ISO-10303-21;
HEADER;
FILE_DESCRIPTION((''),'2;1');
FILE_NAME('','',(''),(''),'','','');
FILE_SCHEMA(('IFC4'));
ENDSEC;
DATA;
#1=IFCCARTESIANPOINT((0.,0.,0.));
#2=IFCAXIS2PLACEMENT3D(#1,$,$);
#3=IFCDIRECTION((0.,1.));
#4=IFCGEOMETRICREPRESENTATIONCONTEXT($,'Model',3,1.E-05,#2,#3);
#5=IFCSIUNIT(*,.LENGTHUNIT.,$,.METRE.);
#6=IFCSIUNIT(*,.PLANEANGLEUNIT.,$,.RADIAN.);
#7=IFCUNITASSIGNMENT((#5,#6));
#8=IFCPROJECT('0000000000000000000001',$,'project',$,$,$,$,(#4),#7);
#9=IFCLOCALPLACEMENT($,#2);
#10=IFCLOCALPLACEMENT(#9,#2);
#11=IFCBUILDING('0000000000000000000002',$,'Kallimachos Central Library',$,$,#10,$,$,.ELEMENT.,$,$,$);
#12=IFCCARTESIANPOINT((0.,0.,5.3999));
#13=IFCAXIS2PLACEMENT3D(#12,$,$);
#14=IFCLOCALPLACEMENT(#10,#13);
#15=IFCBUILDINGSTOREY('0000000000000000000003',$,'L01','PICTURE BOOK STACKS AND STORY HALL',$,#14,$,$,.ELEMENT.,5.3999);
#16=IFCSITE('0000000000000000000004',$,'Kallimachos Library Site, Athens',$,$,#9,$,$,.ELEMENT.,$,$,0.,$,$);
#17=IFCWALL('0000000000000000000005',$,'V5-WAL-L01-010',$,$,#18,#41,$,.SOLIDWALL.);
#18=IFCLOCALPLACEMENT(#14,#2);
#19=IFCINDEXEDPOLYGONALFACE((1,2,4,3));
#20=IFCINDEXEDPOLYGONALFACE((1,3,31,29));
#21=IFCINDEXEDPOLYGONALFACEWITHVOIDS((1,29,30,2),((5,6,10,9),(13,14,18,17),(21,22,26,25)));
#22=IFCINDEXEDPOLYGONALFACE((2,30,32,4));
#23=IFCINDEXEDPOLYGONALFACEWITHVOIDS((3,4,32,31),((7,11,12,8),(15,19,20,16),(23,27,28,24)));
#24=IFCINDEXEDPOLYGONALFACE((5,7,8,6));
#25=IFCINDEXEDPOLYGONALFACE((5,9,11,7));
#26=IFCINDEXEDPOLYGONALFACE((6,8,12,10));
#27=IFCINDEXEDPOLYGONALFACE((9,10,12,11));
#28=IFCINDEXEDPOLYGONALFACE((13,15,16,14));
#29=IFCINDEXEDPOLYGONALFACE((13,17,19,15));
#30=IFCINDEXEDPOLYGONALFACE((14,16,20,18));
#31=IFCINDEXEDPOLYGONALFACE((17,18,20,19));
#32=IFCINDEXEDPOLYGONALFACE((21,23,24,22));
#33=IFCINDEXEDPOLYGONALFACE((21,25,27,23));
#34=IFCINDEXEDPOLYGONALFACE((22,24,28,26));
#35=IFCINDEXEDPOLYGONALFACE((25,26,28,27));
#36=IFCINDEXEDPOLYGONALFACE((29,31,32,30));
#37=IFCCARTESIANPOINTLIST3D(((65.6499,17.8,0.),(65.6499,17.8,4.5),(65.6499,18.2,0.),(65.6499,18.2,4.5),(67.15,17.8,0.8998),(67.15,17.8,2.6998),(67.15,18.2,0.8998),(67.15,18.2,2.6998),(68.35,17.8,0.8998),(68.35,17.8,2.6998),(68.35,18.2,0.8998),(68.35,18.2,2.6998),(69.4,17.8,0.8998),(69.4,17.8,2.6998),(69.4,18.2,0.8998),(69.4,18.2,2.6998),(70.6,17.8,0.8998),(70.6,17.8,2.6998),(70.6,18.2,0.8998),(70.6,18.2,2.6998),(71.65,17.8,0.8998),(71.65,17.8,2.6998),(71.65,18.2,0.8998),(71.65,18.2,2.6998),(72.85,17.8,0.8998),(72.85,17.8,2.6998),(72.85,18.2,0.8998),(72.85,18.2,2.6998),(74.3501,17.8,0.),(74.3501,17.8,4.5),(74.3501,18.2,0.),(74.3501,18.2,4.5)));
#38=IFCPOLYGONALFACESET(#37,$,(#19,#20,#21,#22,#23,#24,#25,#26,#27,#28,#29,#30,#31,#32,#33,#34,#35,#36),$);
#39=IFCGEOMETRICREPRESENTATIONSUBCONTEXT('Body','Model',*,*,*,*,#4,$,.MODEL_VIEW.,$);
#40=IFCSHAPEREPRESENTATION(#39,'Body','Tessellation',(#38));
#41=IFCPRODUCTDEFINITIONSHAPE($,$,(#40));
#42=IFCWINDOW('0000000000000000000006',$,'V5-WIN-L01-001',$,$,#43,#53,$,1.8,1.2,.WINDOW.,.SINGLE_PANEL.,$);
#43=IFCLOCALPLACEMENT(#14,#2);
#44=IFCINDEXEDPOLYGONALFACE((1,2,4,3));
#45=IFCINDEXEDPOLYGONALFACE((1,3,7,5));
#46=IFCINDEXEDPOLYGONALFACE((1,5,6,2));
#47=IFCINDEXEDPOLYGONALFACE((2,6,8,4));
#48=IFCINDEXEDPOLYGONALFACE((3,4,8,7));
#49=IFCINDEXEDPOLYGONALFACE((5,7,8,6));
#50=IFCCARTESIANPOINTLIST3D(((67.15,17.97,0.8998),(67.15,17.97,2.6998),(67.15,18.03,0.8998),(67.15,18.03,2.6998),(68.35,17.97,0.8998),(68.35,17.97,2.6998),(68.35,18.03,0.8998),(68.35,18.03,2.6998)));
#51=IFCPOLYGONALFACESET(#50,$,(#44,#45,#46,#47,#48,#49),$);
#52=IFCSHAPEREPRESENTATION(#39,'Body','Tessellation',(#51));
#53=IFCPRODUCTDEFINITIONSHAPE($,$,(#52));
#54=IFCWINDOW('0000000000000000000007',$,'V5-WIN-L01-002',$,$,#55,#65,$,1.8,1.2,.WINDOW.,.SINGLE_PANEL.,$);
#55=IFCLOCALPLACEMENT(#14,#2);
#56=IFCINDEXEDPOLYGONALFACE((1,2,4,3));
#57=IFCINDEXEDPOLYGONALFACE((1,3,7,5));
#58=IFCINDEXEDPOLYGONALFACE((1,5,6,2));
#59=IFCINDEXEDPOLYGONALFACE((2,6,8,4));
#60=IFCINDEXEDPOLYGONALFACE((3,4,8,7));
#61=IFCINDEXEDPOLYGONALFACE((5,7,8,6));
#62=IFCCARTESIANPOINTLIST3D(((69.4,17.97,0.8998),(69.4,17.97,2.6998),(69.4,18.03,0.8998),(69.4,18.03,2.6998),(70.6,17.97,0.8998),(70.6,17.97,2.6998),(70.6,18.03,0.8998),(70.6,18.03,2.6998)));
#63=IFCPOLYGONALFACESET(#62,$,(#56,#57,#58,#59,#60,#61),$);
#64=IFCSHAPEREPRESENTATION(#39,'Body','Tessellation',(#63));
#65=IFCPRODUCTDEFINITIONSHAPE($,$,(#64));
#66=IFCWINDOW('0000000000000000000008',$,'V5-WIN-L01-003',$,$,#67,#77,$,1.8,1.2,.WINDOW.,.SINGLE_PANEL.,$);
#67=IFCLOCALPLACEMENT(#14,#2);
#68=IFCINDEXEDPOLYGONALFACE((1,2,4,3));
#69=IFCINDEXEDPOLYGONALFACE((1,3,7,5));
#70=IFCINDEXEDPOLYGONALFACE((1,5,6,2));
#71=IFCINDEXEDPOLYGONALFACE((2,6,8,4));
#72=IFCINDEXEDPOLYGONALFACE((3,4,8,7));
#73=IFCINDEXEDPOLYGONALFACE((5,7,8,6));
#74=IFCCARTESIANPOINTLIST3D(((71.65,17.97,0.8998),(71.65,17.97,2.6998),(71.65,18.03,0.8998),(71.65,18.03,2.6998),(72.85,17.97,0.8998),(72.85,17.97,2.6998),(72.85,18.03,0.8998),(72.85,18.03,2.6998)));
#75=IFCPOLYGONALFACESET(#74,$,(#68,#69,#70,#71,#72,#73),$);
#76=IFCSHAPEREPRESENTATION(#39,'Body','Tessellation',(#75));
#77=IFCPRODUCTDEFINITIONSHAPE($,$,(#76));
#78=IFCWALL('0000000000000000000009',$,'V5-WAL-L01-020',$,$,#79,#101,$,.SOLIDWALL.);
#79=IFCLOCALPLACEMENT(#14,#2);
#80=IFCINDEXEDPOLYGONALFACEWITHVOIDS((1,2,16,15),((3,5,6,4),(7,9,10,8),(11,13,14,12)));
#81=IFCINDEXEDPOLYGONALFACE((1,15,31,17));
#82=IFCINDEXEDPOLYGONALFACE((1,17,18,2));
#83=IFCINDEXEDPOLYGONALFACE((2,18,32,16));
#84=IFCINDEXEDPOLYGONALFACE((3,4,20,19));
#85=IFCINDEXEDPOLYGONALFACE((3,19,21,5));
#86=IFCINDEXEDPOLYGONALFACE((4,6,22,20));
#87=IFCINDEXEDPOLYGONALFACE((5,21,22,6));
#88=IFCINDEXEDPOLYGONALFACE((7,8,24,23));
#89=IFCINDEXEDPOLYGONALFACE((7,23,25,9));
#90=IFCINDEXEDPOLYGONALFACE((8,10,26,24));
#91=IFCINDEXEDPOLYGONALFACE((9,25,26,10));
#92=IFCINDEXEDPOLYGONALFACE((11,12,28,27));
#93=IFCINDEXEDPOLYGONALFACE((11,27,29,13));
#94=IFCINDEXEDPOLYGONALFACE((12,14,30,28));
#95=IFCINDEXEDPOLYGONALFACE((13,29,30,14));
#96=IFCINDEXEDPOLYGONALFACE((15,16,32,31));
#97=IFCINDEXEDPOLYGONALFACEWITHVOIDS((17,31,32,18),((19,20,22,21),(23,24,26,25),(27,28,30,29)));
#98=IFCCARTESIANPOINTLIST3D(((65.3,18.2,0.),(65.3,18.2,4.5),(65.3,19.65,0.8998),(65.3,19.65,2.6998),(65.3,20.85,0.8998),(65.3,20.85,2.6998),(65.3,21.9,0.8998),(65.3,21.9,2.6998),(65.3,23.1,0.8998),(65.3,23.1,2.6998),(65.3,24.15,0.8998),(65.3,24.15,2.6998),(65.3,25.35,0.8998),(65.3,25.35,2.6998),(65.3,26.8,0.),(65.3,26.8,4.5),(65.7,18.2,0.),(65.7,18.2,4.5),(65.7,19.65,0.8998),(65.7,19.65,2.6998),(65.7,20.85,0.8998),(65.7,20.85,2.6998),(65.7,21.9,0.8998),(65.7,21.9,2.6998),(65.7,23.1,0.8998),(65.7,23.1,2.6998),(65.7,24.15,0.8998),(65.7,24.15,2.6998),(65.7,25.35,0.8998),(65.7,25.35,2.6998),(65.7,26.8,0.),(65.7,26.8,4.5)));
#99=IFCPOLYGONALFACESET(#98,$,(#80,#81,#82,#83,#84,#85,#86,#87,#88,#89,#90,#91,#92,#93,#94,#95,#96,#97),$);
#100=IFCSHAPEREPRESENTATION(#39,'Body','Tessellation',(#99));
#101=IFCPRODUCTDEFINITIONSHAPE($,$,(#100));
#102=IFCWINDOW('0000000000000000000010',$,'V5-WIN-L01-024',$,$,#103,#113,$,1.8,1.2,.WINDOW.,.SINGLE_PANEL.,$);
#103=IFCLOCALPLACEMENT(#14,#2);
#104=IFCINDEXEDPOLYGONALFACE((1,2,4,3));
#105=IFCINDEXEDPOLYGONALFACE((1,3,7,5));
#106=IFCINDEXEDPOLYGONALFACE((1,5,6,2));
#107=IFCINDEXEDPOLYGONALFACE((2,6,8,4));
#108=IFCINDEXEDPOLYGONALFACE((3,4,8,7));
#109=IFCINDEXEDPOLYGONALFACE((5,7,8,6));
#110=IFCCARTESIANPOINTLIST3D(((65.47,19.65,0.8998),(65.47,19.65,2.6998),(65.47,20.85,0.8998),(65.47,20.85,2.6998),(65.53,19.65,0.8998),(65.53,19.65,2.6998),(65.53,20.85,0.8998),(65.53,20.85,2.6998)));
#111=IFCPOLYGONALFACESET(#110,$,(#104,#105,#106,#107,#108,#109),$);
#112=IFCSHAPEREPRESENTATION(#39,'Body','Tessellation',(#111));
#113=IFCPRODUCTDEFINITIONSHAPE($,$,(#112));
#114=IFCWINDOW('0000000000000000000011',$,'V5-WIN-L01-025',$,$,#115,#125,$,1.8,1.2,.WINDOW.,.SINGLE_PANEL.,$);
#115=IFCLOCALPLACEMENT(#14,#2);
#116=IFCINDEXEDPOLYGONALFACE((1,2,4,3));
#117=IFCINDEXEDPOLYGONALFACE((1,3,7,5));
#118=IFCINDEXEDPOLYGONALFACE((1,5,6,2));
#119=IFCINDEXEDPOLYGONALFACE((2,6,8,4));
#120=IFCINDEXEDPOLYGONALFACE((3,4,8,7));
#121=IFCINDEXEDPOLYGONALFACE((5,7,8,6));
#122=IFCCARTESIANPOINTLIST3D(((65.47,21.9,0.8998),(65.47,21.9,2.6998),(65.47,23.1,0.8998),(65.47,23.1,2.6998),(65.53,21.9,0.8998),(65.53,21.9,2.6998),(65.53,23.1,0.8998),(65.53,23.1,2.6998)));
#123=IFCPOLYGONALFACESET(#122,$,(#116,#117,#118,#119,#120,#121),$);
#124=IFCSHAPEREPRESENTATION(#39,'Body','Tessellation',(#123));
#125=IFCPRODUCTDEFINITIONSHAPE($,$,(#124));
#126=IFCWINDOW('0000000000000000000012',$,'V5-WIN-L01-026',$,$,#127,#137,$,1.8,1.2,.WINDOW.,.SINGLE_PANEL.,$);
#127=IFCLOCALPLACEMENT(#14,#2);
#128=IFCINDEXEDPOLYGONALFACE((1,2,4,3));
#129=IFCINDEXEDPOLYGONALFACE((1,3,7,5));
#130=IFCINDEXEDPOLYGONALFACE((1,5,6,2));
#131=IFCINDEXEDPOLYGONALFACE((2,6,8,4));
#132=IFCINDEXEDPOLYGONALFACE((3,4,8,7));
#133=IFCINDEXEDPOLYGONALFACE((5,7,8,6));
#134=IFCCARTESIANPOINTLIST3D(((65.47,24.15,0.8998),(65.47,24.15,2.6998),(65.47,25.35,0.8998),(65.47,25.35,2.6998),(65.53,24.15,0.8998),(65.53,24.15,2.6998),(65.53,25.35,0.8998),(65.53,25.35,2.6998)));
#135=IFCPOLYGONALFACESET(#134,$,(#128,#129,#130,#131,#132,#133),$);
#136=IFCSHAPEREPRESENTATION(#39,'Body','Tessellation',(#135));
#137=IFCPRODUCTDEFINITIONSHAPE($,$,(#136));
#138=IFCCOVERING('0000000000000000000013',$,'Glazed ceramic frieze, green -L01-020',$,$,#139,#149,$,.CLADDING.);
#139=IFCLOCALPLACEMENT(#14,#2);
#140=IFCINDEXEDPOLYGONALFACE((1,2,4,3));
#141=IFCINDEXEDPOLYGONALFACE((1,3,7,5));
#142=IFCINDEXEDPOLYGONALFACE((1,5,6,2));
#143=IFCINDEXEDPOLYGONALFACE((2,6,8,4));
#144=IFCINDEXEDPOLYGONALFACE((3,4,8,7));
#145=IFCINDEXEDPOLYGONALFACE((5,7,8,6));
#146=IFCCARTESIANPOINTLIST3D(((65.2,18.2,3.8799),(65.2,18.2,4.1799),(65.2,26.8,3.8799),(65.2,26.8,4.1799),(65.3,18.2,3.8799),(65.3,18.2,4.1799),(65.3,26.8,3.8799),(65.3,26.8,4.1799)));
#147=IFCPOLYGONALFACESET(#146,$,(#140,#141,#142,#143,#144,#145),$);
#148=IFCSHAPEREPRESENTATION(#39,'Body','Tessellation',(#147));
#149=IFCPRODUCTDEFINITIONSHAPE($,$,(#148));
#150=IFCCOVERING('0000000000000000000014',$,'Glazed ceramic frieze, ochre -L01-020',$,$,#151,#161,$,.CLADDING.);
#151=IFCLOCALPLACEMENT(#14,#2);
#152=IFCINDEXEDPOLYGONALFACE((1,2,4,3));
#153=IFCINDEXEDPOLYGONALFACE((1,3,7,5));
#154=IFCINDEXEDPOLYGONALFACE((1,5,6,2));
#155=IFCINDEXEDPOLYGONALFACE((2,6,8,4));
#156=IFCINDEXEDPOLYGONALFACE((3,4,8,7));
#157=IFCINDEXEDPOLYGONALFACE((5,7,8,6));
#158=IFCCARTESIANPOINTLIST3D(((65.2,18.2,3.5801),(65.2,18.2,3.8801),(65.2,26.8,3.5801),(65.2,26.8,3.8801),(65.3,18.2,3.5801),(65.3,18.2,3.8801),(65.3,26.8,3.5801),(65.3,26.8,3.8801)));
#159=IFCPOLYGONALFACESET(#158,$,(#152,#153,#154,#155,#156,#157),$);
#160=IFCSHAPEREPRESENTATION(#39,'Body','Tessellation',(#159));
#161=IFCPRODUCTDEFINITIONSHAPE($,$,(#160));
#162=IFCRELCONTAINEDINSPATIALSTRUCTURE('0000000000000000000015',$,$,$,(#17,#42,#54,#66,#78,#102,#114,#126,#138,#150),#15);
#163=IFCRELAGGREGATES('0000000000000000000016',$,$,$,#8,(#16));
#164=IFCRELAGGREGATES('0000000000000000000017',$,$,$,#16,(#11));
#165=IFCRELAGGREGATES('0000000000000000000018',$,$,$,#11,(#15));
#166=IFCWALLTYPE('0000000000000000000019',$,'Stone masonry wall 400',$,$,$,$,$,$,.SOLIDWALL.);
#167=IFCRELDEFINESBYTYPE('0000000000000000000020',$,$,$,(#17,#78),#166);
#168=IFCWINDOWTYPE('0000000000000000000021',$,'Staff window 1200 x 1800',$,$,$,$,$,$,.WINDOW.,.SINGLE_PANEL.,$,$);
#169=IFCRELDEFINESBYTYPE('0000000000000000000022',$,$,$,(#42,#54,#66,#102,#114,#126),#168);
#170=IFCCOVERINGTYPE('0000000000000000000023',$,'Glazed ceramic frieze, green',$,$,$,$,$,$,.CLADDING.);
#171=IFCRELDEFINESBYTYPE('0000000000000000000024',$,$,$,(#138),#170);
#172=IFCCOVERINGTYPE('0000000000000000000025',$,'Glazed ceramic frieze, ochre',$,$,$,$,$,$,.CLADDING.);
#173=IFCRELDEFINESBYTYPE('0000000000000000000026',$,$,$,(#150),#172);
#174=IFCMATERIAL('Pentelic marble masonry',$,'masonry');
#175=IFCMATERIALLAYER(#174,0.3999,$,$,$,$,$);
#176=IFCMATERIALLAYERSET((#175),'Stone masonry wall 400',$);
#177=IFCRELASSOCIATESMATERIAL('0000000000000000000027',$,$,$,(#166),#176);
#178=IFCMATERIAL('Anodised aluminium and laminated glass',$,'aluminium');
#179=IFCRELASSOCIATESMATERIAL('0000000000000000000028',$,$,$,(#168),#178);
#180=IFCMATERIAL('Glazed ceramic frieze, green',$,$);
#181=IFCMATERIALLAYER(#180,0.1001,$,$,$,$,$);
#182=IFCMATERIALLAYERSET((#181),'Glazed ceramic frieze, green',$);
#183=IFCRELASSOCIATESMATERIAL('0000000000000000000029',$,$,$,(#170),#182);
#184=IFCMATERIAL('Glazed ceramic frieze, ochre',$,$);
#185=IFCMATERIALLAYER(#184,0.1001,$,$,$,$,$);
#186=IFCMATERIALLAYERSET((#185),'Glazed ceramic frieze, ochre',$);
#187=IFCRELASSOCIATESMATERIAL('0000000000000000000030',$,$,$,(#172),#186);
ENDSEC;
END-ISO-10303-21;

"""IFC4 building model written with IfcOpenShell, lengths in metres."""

from ifc_helpers import new_model, si_unit, direction, frame, frame_2d, origin, origin_2d, place, context, subcontext, project, spatial, rectangle, extrude, material, layer, layer_set, type_object, element, fill, save


model = new_model("IFC4")

# Units and contexts
model_context = context("Model", 3, precision=1e-05, world=origin(), true_north=direction((0.0, 1.0)))
body_context = subcontext(model_context, "Body", "Model", "MODEL_VIEW")
ifc_project = project(units=[si_unit("LENGTHUNIT", "METRE"), si_unit("PLANEANGLEUNIT", "RADIAN")], contexts=[model_context])

# Site, building, storey
site_placement = place(None, origin())
site = spatial("IfcSite", under=ifc_project, at=site_placement, Name="Kallimachos Library Site, Athens", CompositionType="ELEMENT", RefElevation=0.0)
building_placement = place(site_placement, origin())
building = spatial("IfcBuilding", under=site, at=building_placement, Name="Kallimachos Central Library", CompositionType="ELEMENT")
storey_placement = place(building_placement, frame((0.0, 0.0, 5.3999)))
storey = spatial("IfcBuildingStorey", under=building, at=storey_placement, Name="L01", Description="PICTURE BOOK STACKS AND STORY HALL", CompositionType="ELEMENT", Elevation=5.3999)

# Walls, openings, windows
ifc_material_1 = material(Name="Pentelic marble masonry", Category="masonry")
ifc_layer_1 = layer(ifc_material_1, 0.3999)
ifc_layer_set_1 = layer_set([ifc_layer_1], Name="Stone masonry wall 400")
wall_type = type_object("IfcWallType", Name="Stone masonry wall 400", PredefinedType="SOLIDWALL", material=ifc_layer_set_1)
wall_1_placement = place(storey_placement, frame((65.6499, 18.0, 0.0), z_axis=(0.0, 0.0, 1.0), x_axis=(1.0, 0.0, 0.0)))
wall_1 = element("IfcWall", 1, at=wall_1_placement, inside=storey, type_object=wall_type, Name="V5-WAL-L01-010", PredefinedType="SOLIDWALL", context=body_context, shape_type="SweptSolid", body=[
    extrude(rectangle(XDim=8.7002, YDim=0.3999, at=frame_2d((4.3501, 0.0))), origin(), (0.0, 0.0, 1.0), 4.5),
])
opening_1_placement = place(wall_1_placement, frame((1.5, 0.0, 0.8999)))
opening_1 = element("IfcOpeningElement", 2, at=opening_1_placement, cuts=wall_1, PredefinedType="OPENING", context=body_context, shape_type="SweptSolid", body=[
    extrude(rectangle(XDim=1.2, YDim=1.8, at=frame_2d((0.6001, 0.8999))), frame((0.0, 0.21, 0.0), z_axis=(0.0, -1.0, 0.0), x_axis=(1.0, 0.0, 0.0)), (0.0, 0.0, 1.0), 0.4199),
])
opening_2_placement = place(wall_1_placement, frame((3.75, 0.0, 0.8999)))
opening_2 = element("IfcOpeningElement", 3, at=opening_2_placement, cuts=wall_1, PredefinedType="OPENING", context=body_context, shape_type="SweptSolid", body=[
    extrude(rectangle(XDim=1.2, YDim=1.8, at=frame_2d((0.6001, 0.8999))), frame((0.0, 0.21, 0.0), z_axis=(0.0, -1.0, 0.0), x_axis=(1.0, 0.0, 0.0)), (0.0, 0.0, 1.0), 0.4199),
])
opening_3_placement = place(wall_1_placement, frame((6.0, 0.0, 0.8999)))
opening_3 = element("IfcOpeningElement", 4, at=opening_3_placement, cuts=wall_1, PredefinedType="OPENING", context=body_context, shape_type="SweptSolid", body=[
    extrude(rectangle(XDim=1.2, YDim=1.8, at=frame_2d((0.6001, 0.8999))), frame((0.0, 0.21, 0.0), z_axis=(0.0, -1.0, 0.0), x_axis=(1.0, 0.0, 0.0)), (0.0, 0.0, 1.0), 0.4199),
])
ifc_material_2 = material(Name="Anodised aluminium and laminated glass", Category="aluminium")
window_type = type_object("IfcWindowType", Name="Staff window 1200 x 1800", PartitioningType="SINGLE_PANEL", PredefinedType="WINDOW", material=ifc_material_2)
window_1_placement = place(opening_1_placement, origin())
window_1 = element("IfcWindow", 5, at=window_1_placement, inside=storey, type_object=window_type, Name="V5-WIN-L01-001", OverallHeight=1.8, OverallWidth=1.2, PartitioningType="SINGLE_PANEL", PredefinedType="WINDOW", context=body_context, shape_type="SweptSolid", body=[
    extrude(rectangle(XDim=1.2, YDim=1.8, at=frame_2d((0.6001, 0.8999))), frame((0.0, 0.03, 0.0), z_axis=(0.0, -1.0, 0.0), x_axis=(1.0, 0.0, 0.0)), (0.0, 0.0, 1.0), 0.0601),
])
fill(opening_1, window_1)
window_2_placement = place(opening_2_placement, origin())
window_2 = element("IfcWindow", 6, at=window_2_placement, inside=storey, type_object=window_type, Name="V5-WIN-L01-002", OverallHeight=1.8, OverallWidth=1.2, PartitioningType="SINGLE_PANEL", PredefinedType="WINDOW", context=body_context, shape_type="SweptSolid", body=[
    extrude(rectangle(XDim=1.2, YDim=1.8, at=frame_2d((0.6001, 0.8999))), frame((0.0, 0.03, 0.0), z_axis=(0.0, -1.0, 0.0), x_axis=(1.0, 0.0, 0.0)), (0.0, 0.0, 1.0), 0.0601),
])
fill(opening_2, window_2)
window_3_placement = place(opening_3_placement, origin())
window_3 = element("IfcWindow", 7, at=window_3_placement, inside=storey, type_object=window_type, Name="V5-WIN-L01-003", OverallHeight=1.8, OverallWidth=1.2, PartitioningType="SINGLE_PANEL", PredefinedType="WINDOW", context=body_context, shape_type="SweptSolid", body=[
    extrude(rectangle(XDim=1.2, YDim=1.8, at=frame_2d((0.6001, 0.8999))), frame((0.0, 0.03, 0.0), z_axis=(0.0, -1.0, 0.0), x_axis=(1.0, 0.0, 0.0)), (0.0, 0.0, 1.0), 0.0601),
])
fill(opening_3, window_3)
wall_2_placement = place(storey_placement, frame((65.5, 18.2, 0.0), z_axis=(0.0, 0.0, 1.0), x_axis=(0.0, 1.0, 0.0)))
wall_2 = element("IfcWall", 8, at=wall_2_placement, inside=storey, type_object=wall_type, Name="V5-WAL-L01-020", PredefinedType="SOLIDWALL", context=body_context, shape_type="SweptSolid", body=[
    extrude(rectangle(XDim=8.6001, YDim=0.3999, at=frame_2d((4.3, 0.0))), origin(), (0.0, 0.0, 1.0), 4.5),
])
opening_4_placement = place(wall_2_placement, frame((1.45, 0.0, 0.8999)))
opening_4 = element("IfcOpeningElement", 9, at=opening_4_placement, cuts=wall_2, PredefinedType="OPENING", context=body_context, shape_type="SweptSolid", body=[
    extrude(rectangle(XDim=1.2, YDim=1.8, at=frame_2d((0.6001, 0.8999))), frame((0.0, 0.21, 0.0), z_axis=(0.0, -1.0, 0.0), x_axis=(1.0, 0.0, 0.0)), (0.0, 0.0, 1.0), 0.4199),
])
opening_5_placement = place(wall_2_placement, frame((3.7, 0.0, 0.8999)))
opening_5 = element("IfcOpeningElement", 10, at=opening_5_placement, cuts=wall_2, PredefinedType="OPENING", context=body_context, shape_type="SweptSolid", body=[
    extrude(rectangle(XDim=1.2, YDim=1.8, at=frame_2d((0.6001, 0.8999))), frame((0.0, 0.21, 0.0), z_axis=(0.0, -1.0, 0.0), x_axis=(1.0, 0.0, 0.0)), (0.0, 0.0, 1.0), 0.4199),
])
opening_6_placement = place(wall_2_placement, frame((5.95, 0.0, 0.8999)))
opening_6 = element("IfcOpeningElement", 11, at=opening_6_placement, cuts=wall_2, PredefinedType="OPENING", context=body_context, shape_type="SweptSolid", body=[
    extrude(rectangle(XDim=1.2, YDim=1.8, at=frame_2d((0.6001, 0.8999))), frame((0.0, 0.21, 0.0), z_axis=(0.0, -1.0, 0.0), x_axis=(1.0, 0.0, 0.0)), (0.0, 0.0, 1.0), 0.4199),
])
window_4_placement = place(opening_4_placement, origin())
window_4 = element("IfcWindow", 12, at=window_4_placement, inside=storey, type_object=window_type, Name="V5-WIN-L01-024", OverallHeight=1.8, OverallWidth=1.2, PartitioningType="SINGLE_PANEL", PredefinedType="WINDOW", context=body_context, shape_type="SweptSolid", body=[
    extrude(rectangle(XDim=1.2, YDim=1.8, at=frame_2d((0.6001, 0.8999))), frame((0.0, 0.03, 0.0), z_axis=(0.0, -1.0, 0.0), x_axis=(1.0, 0.0, 0.0)), (0.0, 0.0, 1.0), 0.0601),
])
fill(opening_4, window_4)
window_5_placement = place(opening_5_placement, origin())
window_5 = element("IfcWindow", 13, at=window_5_placement, inside=storey, type_object=window_type, Name="V5-WIN-L01-025", OverallHeight=1.8, OverallWidth=1.2, PartitioningType="SINGLE_PANEL", PredefinedType="WINDOW", context=body_context, shape_type="SweptSolid", body=[
    extrude(rectangle(XDim=1.2, YDim=1.8, at=frame_2d((0.6001, 0.8999))), frame((0.0, 0.03, 0.0), z_axis=(0.0, -1.0, 0.0), x_axis=(1.0, 0.0, 0.0)), (0.0, 0.0, 1.0), 0.0601),
])
fill(opening_5, window_5)
window_6_placement = place(opening_6_placement, origin())
window_6 = element("IfcWindow", 14, at=window_6_placement, inside=storey, type_object=window_type, Name="V5-WIN-L01-026", OverallHeight=1.8, OverallWidth=1.2, PartitioningType="SINGLE_PANEL", PredefinedType="WINDOW", context=body_context, shape_type="SweptSolid", body=[
    extrude(rectangle(XDim=1.2, YDim=1.8, at=frame_2d((0.6001, 0.8999))), frame((0.0, 0.03, 0.0), z_axis=(0.0, -1.0, 0.0), x_axis=(1.0, 0.0, 0.0)), (0.0, 0.0, 1.0), 0.0601),
])
fill(opening_6, window_6)

# Coverings
ifc_material_3 = material(Name="Glazed ceramic frieze, green")
ifc_layer_2 = layer(ifc_material_3, 0.1001)
ifc_layer_set_2 = layer_set([ifc_layer_2], Name="Glazed ceramic frieze, green")
covering_type_1 = type_object("IfcCoveringType", Name="Glazed ceramic frieze, green", PredefinedType="CLADDING", material=ifc_layer_set_2)
covering_1_placement = place(storey_placement, frame((65.25, 22.5, 3.8799), z_axis=(0.0, 0.0, 1.0), x_axis=(1.0, 0.0, 0.0)))
element("IfcCovering", 15, at=covering_1_placement, inside=storey, type_object=covering_type_1, Name="Glazed ceramic frieze, green -L01-020", PredefinedType="CLADDING", context=body_context, shape_type="SweptSolid", body=[
    extrude(rectangle(XDim=0.1001, YDim=8.6001, at=origin_2d()), origin(), (0.0, 0.0, 1.0), 0.3),
])
ifc_material_4 = material(Name="Glazed ceramic frieze, ochre")
ifc_layer_3 = layer(ifc_material_4, 0.1001)
ifc_layer_set_3 = layer_set([ifc_layer_3], Name="Glazed ceramic frieze, ochre")
covering_type_2 = type_object("IfcCoveringType", Name="Glazed ceramic frieze, ochre", PredefinedType="CLADDING", material=ifc_layer_set_3)
covering_2_placement = place(storey_placement, frame((65.25, 22.5, 3.5801), z_axis=(0.0, 0.0, 1.0), x_axis=(1.0, 0.0, 0.0)))
element("IfcCovering", 16, at=covering_2_placement, inside=storey, type_object=covering_type_2, Name="Glazed ceramic frieze, ochre -L01-020", PredefinedType="CLADDING", context=body_context, shape_type="SweptSolid", body=[
    extrude(rectangle(XDim=0.1001, YDim=8.6001, at=origin_2d()), origin(), (0.0, 0.0, 1.0), 0.3),
])

save(model, "model.ifc")
